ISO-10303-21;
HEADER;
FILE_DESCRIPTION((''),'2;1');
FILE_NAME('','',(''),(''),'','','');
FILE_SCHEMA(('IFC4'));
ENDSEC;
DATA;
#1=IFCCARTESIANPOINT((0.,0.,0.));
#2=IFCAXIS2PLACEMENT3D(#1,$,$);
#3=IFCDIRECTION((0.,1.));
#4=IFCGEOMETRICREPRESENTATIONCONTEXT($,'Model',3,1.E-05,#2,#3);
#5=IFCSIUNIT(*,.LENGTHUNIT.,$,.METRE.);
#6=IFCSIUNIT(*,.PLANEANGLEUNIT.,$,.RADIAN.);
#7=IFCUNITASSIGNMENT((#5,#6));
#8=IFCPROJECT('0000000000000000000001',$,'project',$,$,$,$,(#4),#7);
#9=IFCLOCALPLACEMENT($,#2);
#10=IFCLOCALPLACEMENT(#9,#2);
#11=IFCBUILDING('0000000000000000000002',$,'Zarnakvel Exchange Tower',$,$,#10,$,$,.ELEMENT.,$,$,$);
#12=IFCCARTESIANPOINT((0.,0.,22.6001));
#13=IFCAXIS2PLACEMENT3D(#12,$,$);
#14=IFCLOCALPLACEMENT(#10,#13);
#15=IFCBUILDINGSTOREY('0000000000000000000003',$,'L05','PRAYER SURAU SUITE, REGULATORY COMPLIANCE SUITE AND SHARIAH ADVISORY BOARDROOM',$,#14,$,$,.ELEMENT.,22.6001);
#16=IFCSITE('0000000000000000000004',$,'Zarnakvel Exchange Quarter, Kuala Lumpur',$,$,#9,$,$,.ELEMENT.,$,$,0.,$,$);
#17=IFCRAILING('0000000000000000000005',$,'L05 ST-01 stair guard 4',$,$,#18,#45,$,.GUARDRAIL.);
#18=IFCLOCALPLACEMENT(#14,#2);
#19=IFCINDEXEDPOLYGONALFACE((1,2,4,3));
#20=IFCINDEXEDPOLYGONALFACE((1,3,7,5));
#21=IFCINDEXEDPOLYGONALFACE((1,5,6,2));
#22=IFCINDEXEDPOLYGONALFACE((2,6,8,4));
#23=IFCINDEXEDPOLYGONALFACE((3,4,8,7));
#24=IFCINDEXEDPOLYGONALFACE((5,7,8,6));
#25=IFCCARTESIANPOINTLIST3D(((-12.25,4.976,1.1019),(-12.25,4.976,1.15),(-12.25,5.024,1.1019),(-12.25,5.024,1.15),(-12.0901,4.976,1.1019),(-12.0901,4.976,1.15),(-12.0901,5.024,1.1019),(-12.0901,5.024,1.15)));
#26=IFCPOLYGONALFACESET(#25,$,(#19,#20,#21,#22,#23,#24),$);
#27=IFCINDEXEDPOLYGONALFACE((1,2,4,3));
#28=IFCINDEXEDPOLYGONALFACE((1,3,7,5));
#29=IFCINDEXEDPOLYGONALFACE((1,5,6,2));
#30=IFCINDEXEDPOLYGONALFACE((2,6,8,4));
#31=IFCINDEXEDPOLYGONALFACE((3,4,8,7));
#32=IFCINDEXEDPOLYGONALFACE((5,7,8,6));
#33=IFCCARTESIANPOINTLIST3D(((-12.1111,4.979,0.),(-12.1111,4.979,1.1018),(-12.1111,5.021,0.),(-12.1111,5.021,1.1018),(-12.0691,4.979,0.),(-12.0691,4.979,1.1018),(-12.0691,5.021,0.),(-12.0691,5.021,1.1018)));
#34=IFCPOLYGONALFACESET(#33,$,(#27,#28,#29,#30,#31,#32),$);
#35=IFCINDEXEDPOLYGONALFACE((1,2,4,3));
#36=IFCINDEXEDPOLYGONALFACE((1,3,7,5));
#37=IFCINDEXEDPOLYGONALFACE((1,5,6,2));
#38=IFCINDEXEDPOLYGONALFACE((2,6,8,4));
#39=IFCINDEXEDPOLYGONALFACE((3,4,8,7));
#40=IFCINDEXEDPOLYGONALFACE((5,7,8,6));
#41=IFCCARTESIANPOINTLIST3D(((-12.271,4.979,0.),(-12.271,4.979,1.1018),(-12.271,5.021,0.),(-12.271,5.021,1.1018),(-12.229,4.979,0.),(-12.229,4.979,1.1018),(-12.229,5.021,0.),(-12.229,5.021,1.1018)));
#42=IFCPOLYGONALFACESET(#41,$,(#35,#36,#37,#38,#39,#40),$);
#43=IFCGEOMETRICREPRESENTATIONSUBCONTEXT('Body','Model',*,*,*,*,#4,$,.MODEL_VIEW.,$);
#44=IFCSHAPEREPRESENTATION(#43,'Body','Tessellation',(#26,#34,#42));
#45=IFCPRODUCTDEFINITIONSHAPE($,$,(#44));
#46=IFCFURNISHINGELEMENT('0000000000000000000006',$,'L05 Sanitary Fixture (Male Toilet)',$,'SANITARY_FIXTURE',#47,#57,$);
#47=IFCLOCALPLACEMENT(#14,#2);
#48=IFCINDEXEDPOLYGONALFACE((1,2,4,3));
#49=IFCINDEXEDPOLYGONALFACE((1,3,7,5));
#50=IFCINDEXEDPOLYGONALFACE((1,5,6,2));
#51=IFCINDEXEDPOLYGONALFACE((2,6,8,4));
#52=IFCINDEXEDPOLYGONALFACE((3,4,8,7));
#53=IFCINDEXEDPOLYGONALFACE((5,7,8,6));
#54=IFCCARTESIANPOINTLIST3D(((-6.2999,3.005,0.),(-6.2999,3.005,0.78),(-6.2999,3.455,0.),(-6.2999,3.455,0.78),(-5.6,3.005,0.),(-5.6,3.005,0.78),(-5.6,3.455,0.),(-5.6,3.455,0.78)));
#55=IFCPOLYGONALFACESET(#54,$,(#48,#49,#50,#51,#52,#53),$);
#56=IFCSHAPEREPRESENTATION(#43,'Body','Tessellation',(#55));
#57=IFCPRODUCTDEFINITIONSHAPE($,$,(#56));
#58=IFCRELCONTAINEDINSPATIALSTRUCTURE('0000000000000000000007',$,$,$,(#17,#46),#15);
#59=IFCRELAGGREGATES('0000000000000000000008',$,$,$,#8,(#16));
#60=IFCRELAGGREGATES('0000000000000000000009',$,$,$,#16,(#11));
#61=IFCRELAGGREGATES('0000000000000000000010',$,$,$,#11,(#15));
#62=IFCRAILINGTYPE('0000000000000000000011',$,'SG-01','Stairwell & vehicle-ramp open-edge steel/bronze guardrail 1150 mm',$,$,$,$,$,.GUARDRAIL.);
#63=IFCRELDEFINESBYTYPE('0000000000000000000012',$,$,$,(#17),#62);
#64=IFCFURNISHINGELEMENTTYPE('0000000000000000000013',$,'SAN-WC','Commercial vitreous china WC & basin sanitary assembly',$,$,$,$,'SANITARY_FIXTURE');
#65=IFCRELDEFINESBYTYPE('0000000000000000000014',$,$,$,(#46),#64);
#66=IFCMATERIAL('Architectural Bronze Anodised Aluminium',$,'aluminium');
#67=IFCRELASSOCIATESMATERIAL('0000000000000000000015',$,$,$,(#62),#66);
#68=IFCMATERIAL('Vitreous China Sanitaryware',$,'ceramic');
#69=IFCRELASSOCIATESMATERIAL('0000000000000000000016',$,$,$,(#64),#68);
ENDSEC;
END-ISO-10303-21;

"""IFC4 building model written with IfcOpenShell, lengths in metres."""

from ifc_helpers import new_model, si_unit, direction, frame, origin, origin_2d, place, context, subcontext, project, spatial, rectangle, extrude, source, transform, mapped, material, type_object, element, save


model = new_model("IFC4")

# Units and contexts
model_context = context("Model", 3, precision=1e-05, world=origin(), true_north=direction((0.0, 1.0)))
body_context = subcontext(model_context, "Body", "Model", "MODEL_VIEW")
ifc_project = project(units=[si_unit("LENGTHUNIT", "METRE"), si_unit("PLANEANGLEUNIT", "RADIAN")], contexts=[model_context])

# Site, building, storey
site_placement = place(None, origin())
site = spatial("IfcSite", under=ifc_project, at=site_placement, Name="Zarnakvel Exchange Quarter, Kuala Lumpur", CompositionType="ELEMENT", RefElevation=0.0)
building_placement = place(site_placement, origin())
building = spatial("IfcBuilding", under=site, at=building_placement, Name="Zarnakvel Exchange Tower", CompositionType="ELEMENT")
storey_placement = place(building_placement, frame((0.0, 0.0, 22.6001)))
storey = spatial("IfcBuildingStorey", under=building, at=storey_placement, Name="L05", Description="PRAYER SURAU SUITE, REGULATORY COMPLIANCE SUITE AND SHARIAH ADVISORY BOARDROOM", CompositionType="ELEMENT", Elevation=22.6001)

# Railing
ifc_material_1 = material(Name="Architectural Bronze Anodised Aluminium", Category="aluminium")
railing_type_1 = type_object("IfcRailingType", Name="SG-01", Description="Stairwell & vehicle-ramp open-edge steel/bronze guardrail 1150 mm", PredefinedType="GUARDRAIL", material=ifc_material_1)
railing_1_placement = place(storey_placement, frame((-12.0901, 5.0, 0.0)))
element("IfcRailing", 1, at=railing_1_placement, inside=storey, type_object=railing_type_1, Name="L05 ST-01 stair guard 4", PredefinedType="GUARDRAIL", context=body_context, shape_type="SweptSolid", body=[
    extrude(rectangle(XDim=0.0481, YDim=0.0481, at=origin_2d()), frame((0.0, 0.0, 1.126), z_axis=(-1.0, 0.0, 0.0), x_axis=(0.0, -1.0, 0.0)), (0.0, 0.0, 1.0), 0.1599),
    extrude(rectangle(XDim=0.042, YDim=0.042, at=origin_2d()), origin(), (0.0, 0.0, 1.0), 1.1018),
    extrude(rectangle(XDim=0.042, YDim=0.042, at=origin_2d()), frame((-0.1599, 0.0, 0.0)), (0.0, 0.0, 1.0), 1.1018),
])

# Furnishing element
ifc_material_2 = material(Name="Vitreous China Sanitaryware", Category="ceramic")
furnishing_element_type = type_object("IfcFurnishingElementType", Name="SAN-WC", Description="Commercial vitreous china WC & basin sanitary assembly", ElementType="SANITARY_FIXTURE", material=ifc_material_2)
shared_shape_1 = source(origin(), body_context, "Body", "SweptSolid", [
    extrude(rectangle(XDim=0.7, YDim=0.45, at=origin_2d()), origin(), (0.0, 0.0, 1.0), 0.78),
])
furnishing_placement = place(storey_placement, frame((-5.95, 3.23, 0.0), z_axis=(0.0, 0.0, 1.0), x_axis=(1.0, 0.0, 0.0)))
element("IfcFurnishingElement", 2, at=furnishing_placement, inside=storey, type_object=furnishing_element_type, Name="L05 Sanitary Fixture (Male Toilet)", ObjectType="SANITARY_FIXTURE", context=body_context, shape_type="MappedRepresentation", body=[
    mapped(shared_shape_1, transform((0.0, 0.0, 0.0), x_axis=(1.0, 0.0, 0.0), y_axis=(0.0, 1.0, 0.0), z_axis=(0.0, 0.0, 1.0), scale=1.0)),
])

save(model, "model.ifc")
